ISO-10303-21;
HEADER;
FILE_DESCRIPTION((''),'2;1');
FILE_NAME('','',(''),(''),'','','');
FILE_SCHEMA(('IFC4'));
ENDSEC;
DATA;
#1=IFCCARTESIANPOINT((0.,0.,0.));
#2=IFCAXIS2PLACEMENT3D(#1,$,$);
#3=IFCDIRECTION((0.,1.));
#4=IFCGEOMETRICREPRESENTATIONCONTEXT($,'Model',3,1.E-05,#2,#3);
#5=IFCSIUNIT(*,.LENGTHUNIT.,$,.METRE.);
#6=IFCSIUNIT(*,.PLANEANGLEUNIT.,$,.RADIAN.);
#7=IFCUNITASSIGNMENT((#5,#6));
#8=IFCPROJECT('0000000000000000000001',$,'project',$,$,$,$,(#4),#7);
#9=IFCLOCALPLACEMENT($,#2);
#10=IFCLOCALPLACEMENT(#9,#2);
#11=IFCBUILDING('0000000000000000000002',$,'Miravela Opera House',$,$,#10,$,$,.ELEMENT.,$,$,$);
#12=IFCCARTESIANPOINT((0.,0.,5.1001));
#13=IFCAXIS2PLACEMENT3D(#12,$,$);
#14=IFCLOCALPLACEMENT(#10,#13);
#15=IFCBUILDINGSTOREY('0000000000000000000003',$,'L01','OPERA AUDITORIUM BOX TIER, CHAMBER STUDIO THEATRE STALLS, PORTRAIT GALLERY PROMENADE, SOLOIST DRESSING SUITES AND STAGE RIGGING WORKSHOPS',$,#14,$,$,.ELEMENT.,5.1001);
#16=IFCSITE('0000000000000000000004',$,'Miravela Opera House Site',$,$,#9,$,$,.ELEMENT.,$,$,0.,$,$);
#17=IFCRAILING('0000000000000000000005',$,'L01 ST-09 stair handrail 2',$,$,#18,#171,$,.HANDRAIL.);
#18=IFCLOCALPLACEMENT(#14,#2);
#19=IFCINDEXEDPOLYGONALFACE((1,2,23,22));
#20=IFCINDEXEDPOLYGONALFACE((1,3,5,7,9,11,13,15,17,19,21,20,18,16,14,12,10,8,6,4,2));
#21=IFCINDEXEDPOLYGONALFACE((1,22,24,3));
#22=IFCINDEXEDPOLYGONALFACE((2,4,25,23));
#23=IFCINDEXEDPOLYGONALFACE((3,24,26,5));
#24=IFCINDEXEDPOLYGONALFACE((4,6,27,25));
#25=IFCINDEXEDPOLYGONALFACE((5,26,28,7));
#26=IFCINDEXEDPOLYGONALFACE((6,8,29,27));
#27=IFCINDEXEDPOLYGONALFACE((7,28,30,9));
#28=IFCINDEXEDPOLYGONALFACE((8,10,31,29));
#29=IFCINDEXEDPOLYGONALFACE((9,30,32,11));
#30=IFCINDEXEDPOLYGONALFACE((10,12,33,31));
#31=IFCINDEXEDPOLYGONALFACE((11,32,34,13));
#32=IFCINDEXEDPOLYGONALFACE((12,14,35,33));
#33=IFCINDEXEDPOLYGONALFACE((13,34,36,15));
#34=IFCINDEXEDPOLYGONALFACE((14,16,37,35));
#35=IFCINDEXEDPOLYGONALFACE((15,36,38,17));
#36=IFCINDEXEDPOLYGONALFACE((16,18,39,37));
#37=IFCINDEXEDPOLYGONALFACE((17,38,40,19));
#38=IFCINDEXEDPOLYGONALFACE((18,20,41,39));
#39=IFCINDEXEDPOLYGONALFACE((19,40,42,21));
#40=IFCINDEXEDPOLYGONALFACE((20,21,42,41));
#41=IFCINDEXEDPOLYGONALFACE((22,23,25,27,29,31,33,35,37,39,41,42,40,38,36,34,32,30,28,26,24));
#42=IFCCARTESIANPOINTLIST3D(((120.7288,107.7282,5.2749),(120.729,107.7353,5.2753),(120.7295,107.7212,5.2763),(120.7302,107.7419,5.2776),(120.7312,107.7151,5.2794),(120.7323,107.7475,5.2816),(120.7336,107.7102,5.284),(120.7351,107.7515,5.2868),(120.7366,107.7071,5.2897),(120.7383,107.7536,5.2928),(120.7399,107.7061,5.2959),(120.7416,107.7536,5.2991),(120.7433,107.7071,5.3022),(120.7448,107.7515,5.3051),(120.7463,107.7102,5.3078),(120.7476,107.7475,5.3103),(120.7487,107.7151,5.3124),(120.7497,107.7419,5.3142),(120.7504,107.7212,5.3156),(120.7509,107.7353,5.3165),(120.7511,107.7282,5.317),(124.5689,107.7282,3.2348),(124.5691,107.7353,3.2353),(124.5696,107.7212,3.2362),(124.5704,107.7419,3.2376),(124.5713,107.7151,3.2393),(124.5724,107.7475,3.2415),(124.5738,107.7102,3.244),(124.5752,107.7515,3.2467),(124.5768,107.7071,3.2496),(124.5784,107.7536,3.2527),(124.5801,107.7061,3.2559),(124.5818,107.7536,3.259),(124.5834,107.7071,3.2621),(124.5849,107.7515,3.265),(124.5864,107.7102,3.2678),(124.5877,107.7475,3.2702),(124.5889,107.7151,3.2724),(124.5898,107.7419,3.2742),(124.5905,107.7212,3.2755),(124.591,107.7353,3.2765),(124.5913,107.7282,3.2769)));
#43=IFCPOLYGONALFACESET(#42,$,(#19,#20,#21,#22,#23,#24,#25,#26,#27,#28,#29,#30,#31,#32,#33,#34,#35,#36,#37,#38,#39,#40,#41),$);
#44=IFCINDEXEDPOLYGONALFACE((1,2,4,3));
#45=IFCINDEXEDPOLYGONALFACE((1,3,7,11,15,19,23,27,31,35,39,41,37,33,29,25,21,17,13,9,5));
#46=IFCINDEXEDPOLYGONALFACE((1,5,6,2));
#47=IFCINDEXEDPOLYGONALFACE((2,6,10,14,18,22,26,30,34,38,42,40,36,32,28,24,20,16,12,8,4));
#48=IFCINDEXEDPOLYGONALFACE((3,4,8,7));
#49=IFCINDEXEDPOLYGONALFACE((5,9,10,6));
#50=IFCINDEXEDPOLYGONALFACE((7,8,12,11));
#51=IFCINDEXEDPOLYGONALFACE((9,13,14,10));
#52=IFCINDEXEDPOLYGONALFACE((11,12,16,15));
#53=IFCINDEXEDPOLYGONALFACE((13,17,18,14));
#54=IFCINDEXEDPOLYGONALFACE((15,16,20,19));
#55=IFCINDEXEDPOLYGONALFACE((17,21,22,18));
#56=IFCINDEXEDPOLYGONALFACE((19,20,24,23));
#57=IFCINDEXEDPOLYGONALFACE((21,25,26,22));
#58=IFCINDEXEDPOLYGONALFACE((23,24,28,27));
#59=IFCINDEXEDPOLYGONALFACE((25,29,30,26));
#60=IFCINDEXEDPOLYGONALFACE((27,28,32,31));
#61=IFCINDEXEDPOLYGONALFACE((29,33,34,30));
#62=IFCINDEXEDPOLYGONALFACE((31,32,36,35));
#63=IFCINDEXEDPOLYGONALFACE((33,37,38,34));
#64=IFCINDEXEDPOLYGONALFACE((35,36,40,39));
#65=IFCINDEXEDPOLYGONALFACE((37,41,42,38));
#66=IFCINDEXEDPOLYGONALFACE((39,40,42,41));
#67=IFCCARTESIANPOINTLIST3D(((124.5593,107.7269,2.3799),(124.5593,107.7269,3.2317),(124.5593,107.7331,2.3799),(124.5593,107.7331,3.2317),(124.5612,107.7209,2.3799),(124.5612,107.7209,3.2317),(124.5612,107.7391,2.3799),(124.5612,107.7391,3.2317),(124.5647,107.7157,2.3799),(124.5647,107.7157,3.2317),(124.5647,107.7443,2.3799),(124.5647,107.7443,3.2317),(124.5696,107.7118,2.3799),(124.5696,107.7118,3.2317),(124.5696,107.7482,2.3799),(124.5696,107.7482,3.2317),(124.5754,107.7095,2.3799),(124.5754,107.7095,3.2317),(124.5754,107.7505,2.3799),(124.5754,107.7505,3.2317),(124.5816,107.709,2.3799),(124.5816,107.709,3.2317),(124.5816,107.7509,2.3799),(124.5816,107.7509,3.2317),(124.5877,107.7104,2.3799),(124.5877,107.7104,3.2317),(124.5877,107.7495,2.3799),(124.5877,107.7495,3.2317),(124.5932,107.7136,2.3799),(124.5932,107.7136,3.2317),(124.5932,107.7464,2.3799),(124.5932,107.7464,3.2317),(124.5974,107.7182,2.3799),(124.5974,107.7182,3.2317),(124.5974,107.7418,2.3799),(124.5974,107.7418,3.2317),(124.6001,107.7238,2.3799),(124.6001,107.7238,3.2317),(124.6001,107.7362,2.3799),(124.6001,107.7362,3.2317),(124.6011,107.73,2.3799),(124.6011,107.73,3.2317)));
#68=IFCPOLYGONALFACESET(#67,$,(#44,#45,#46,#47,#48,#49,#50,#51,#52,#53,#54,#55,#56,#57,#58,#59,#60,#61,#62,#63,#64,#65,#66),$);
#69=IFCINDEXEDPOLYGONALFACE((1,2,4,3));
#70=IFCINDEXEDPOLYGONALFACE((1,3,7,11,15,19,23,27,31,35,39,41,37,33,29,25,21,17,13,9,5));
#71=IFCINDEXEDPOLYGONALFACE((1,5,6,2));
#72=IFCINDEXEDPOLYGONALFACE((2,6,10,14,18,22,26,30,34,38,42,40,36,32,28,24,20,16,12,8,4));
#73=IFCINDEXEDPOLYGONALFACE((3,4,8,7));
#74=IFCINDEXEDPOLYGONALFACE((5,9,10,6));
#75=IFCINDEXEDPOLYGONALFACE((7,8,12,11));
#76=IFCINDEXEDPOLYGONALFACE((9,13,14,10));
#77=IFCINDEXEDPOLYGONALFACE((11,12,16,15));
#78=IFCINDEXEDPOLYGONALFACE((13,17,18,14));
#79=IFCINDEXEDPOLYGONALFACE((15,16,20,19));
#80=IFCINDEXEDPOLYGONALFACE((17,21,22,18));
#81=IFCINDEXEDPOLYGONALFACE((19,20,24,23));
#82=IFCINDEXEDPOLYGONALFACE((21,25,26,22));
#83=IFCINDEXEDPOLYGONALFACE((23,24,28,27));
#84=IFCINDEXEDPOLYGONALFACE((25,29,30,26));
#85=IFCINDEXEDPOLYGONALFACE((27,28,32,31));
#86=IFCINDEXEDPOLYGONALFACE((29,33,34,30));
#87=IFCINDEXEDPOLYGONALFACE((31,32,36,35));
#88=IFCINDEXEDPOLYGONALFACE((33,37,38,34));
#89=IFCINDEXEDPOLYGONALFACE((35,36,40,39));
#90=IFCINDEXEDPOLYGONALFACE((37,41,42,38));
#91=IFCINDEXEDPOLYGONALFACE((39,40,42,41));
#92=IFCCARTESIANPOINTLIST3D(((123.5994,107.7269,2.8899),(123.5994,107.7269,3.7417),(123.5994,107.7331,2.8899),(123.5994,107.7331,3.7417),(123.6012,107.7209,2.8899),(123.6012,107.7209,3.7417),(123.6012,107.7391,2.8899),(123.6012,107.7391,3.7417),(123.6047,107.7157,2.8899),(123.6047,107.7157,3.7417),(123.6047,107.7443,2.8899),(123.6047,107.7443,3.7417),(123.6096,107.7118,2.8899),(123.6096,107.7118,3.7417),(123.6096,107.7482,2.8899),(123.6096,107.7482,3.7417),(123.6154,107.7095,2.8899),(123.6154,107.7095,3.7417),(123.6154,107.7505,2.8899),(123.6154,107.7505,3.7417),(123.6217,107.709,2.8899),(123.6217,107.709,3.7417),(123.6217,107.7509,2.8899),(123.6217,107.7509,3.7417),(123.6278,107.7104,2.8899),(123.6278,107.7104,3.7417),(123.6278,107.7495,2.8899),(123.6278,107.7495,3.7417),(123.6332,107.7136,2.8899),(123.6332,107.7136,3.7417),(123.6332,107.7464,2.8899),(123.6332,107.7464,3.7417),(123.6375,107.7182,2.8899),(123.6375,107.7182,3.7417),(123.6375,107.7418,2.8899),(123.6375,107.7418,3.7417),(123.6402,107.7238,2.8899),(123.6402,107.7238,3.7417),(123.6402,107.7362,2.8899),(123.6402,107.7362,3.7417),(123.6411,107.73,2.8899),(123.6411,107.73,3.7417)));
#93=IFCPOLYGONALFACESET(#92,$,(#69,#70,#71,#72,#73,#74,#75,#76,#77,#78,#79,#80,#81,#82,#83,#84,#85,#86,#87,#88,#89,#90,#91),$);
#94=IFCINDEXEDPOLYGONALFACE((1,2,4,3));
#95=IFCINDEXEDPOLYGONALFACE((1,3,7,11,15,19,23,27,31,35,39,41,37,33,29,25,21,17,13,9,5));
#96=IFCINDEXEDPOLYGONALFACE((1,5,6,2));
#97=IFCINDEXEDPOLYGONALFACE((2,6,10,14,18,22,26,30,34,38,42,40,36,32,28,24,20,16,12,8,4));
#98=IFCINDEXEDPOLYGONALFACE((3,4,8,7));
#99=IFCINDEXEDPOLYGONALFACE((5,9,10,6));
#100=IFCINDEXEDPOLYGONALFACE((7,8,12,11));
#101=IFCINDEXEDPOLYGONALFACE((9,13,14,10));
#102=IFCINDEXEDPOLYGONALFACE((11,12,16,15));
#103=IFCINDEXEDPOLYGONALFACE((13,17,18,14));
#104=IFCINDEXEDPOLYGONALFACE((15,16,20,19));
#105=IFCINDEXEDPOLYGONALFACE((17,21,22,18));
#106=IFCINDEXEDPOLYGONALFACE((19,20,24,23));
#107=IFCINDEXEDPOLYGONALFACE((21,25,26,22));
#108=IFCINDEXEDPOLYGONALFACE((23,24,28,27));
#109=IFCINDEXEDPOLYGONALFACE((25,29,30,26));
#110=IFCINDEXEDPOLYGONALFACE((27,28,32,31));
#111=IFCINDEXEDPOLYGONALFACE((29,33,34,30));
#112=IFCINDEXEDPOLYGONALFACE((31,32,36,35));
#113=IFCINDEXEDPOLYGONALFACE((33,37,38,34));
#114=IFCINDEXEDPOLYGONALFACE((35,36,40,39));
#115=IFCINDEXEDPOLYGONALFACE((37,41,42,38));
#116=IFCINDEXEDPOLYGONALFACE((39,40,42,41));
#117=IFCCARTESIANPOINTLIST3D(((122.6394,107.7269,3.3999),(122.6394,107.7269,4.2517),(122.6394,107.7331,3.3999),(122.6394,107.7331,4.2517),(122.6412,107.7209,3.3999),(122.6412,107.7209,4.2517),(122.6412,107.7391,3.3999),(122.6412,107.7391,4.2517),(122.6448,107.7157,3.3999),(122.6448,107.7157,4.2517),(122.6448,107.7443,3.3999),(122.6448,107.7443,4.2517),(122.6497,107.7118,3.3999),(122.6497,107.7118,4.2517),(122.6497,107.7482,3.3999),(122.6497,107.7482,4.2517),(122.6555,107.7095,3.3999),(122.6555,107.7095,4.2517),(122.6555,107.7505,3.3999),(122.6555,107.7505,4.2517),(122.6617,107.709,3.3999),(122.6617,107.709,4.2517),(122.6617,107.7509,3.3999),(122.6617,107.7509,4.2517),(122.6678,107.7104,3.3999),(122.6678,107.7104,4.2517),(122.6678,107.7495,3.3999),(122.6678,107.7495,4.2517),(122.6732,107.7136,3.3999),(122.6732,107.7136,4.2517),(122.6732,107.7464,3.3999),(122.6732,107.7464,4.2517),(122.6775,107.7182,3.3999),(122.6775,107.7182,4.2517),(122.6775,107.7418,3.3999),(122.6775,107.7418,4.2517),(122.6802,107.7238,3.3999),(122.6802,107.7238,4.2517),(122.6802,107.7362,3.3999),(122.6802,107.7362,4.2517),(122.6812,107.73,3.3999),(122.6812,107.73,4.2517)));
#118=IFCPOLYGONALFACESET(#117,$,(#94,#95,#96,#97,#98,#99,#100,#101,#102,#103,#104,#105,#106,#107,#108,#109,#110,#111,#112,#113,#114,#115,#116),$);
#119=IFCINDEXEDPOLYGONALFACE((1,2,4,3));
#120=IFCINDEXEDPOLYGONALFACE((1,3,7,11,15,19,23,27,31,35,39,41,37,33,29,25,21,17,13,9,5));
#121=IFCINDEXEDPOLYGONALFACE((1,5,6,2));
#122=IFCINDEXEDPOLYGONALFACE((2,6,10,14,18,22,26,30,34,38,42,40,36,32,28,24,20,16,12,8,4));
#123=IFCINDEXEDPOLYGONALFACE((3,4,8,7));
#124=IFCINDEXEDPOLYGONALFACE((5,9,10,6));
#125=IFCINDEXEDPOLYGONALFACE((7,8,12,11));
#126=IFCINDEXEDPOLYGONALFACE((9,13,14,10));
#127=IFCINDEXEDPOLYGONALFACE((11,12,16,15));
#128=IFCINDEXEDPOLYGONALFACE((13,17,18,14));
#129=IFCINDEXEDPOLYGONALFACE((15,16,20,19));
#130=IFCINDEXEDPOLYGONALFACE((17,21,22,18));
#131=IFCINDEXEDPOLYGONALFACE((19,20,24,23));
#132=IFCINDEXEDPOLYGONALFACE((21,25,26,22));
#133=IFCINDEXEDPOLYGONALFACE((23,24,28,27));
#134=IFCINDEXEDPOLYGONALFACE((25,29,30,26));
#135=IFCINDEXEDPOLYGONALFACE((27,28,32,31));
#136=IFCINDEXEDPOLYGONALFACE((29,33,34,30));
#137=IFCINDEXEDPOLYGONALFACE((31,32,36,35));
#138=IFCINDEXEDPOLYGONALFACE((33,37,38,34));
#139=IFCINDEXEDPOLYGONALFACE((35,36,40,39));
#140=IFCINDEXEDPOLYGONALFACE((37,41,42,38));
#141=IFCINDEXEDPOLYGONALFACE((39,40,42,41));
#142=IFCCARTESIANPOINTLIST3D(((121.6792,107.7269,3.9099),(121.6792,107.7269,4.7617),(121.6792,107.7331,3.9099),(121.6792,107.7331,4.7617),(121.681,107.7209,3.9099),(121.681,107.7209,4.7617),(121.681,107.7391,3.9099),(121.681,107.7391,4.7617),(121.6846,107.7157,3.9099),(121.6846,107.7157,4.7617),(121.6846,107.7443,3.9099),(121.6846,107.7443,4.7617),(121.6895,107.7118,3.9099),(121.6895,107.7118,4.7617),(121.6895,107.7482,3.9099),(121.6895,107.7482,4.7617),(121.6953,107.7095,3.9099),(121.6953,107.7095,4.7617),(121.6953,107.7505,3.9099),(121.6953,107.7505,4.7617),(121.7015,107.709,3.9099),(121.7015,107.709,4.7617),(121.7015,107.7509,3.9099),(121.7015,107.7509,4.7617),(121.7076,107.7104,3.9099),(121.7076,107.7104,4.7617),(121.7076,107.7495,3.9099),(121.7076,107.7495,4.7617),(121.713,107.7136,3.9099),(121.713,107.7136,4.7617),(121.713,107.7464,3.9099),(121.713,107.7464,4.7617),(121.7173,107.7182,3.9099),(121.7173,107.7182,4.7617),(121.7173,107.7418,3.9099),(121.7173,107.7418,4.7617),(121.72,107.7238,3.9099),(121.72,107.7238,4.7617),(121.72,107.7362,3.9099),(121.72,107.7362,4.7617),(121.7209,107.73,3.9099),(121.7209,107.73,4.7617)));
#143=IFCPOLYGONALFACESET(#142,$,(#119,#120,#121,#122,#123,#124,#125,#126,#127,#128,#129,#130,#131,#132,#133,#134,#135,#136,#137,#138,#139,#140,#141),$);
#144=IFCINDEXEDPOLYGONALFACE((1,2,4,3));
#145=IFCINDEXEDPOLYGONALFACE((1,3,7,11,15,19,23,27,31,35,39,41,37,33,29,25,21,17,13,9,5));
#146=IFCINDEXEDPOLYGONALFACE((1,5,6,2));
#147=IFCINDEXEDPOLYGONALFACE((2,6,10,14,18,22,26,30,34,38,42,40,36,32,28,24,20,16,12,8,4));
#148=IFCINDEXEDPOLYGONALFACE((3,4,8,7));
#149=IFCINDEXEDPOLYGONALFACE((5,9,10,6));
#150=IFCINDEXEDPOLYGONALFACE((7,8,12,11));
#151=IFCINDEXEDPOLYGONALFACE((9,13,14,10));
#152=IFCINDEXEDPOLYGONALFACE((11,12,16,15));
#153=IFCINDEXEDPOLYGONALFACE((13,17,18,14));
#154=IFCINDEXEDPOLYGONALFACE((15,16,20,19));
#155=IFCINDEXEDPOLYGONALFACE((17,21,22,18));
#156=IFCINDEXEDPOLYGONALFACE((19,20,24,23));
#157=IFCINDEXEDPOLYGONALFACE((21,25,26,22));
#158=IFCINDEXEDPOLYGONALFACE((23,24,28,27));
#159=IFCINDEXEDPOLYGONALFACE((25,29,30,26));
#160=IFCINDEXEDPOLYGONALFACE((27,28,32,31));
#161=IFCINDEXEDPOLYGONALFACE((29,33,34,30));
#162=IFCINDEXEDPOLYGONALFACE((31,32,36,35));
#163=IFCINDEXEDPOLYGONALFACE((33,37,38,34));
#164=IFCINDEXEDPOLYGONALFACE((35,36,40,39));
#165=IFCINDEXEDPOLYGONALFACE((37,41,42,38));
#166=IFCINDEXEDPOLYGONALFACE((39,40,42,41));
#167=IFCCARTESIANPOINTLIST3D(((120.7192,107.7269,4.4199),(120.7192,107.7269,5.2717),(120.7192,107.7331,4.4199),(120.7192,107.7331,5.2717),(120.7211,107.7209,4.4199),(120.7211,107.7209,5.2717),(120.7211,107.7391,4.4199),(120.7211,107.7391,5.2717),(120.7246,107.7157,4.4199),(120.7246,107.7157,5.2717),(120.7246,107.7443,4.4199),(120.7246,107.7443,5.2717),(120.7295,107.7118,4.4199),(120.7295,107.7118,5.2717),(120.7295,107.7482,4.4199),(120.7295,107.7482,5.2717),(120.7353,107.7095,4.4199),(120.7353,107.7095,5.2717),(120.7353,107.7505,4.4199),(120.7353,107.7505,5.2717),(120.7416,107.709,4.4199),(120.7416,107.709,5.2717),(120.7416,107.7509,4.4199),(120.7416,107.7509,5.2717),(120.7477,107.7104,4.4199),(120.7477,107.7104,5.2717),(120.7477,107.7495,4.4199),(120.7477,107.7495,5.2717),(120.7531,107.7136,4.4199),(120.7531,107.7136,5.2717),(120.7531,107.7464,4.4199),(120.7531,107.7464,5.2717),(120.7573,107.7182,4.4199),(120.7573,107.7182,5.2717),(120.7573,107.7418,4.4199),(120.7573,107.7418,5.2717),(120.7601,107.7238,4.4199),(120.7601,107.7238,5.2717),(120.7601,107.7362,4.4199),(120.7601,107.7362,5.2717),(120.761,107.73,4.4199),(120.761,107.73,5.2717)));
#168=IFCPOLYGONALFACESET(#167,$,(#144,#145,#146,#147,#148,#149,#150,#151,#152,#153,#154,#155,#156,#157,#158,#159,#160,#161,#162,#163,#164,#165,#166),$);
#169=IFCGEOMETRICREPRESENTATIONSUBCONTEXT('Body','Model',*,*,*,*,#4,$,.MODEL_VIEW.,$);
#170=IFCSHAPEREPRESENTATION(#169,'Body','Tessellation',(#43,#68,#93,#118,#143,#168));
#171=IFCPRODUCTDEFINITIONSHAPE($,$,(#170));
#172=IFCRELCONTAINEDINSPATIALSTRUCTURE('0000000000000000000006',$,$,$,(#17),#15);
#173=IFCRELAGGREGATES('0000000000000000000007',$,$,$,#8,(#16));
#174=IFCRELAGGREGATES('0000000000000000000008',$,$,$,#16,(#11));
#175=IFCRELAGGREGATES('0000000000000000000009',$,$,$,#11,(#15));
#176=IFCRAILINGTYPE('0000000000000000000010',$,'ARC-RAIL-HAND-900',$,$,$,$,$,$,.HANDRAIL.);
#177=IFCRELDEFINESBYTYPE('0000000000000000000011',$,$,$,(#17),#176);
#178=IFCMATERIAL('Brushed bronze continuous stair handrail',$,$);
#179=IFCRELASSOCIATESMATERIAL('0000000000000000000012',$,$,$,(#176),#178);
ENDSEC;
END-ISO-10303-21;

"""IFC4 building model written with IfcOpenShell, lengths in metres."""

from ifc_helpers import new_model, si_unit, direction, frame, origin, origin_2d, place, context, subcontext, project, spatial, circle, extrude, material, type_object, element, save


model = new_model("IFC4")

# Units and contexts
model_context = context("Model", 3, precision=1e-05, world=origin(), true_north=direction((0.0, 1.0)))
body_context = subcontext(model_context, "Body", "Model", "MODEL_VIEW")
ifc_project = project(units=[si_unit("LENGTHUNIT", "METRE"), si_unit("PLANEANGLEUNIT", "RADIAN")], contexts=[model_context])

# Site, building, storey
site_placement = place(None, origin())
site = spatial("IfcSite", under=ifc_project, at=site_placement, Name="Miravela Opera House Site", CompositionType="ELEMENT", RefElevation=0.0)
building_placement = place(site_placement, origin())
building = spatial("IfcBuilding", under=site, at=building_placement, Name="Miravela Opera House", CompositionType="ELEMENT")
storey_placement = place(building_placement, frame((0.0, 0.0, 5.1001)))
storey = spatial("IfcBuildingStorey", under=building, at=storey_placement, Name="L01", Description="OPERA AUDITORIUM BOX TIER, CHAMBER STUDIO THEATRE STALLS, PORTRAIT GALLERY PROMENADE, SOLOIST DRESSING SUITES AND STAGE RIGGING WORKSHOPS", CompositionType="ELEMENT", Elevation=5.1001)

# Railing
ifc_material_1 = material(Name="Brushed bronze continuous stair handrail")
railing_type_1 = type_object("IfcRailingType", Name="ARC-RAIL-HAND-900", PredefinedType="HANDRAIL", material=ifc_material_1)
railing_1_placement = place(storey_placement, frame((124.5801, 107.73, 2.3799)))
element("IfcRailing", 1, at=railing_1_placement, inside=storey, type_object=railing_type_1, Name="L01 ST-09 stair handrail 2", PredefinedType="HANDRAIL", context=body_context, shape_type="SweptSolid", body=[
    extrude(circle(Radius=0.0239, at=origin_2d()), frame((0.0, 0.0, 0.876), z_axis=(-0.883116, 0.0, 0.469154), x_axis=(0.0, -1.0, 0.0)), (0.0, 0.0, 1.0), 4.3484),
    extrude(circle(Radius=0.021, at=origin_2d()), origin(), (0.0, 0.0, 1.0), 0.8518),
    extrude(circle(Radius=0.021, at=origin_2d()), frame((-0.96, 0.0, 0.51)), (0.0, 0.0, 1.0), 0.8518),
    extrude(circle(Radius=0.021, at=origin_2d()), frame((-1.9199, 0.0, 1.02)), (0.0, 0.0, 1.0), 0.8518),
    extrude(circle(Radius=0.021, at=origin_2d()), frame((-2.8801, 0.0, 1.53)), (0.0, 0.0, 1.0), 0.8518),
    extrude(circle(Radius=0.021, at=origin_2d()), frame((-3.8401, 0.0, 2.04)), (0.0, 0.0, 1.0), 0.8518),
])

save(model, "model.ifc")
